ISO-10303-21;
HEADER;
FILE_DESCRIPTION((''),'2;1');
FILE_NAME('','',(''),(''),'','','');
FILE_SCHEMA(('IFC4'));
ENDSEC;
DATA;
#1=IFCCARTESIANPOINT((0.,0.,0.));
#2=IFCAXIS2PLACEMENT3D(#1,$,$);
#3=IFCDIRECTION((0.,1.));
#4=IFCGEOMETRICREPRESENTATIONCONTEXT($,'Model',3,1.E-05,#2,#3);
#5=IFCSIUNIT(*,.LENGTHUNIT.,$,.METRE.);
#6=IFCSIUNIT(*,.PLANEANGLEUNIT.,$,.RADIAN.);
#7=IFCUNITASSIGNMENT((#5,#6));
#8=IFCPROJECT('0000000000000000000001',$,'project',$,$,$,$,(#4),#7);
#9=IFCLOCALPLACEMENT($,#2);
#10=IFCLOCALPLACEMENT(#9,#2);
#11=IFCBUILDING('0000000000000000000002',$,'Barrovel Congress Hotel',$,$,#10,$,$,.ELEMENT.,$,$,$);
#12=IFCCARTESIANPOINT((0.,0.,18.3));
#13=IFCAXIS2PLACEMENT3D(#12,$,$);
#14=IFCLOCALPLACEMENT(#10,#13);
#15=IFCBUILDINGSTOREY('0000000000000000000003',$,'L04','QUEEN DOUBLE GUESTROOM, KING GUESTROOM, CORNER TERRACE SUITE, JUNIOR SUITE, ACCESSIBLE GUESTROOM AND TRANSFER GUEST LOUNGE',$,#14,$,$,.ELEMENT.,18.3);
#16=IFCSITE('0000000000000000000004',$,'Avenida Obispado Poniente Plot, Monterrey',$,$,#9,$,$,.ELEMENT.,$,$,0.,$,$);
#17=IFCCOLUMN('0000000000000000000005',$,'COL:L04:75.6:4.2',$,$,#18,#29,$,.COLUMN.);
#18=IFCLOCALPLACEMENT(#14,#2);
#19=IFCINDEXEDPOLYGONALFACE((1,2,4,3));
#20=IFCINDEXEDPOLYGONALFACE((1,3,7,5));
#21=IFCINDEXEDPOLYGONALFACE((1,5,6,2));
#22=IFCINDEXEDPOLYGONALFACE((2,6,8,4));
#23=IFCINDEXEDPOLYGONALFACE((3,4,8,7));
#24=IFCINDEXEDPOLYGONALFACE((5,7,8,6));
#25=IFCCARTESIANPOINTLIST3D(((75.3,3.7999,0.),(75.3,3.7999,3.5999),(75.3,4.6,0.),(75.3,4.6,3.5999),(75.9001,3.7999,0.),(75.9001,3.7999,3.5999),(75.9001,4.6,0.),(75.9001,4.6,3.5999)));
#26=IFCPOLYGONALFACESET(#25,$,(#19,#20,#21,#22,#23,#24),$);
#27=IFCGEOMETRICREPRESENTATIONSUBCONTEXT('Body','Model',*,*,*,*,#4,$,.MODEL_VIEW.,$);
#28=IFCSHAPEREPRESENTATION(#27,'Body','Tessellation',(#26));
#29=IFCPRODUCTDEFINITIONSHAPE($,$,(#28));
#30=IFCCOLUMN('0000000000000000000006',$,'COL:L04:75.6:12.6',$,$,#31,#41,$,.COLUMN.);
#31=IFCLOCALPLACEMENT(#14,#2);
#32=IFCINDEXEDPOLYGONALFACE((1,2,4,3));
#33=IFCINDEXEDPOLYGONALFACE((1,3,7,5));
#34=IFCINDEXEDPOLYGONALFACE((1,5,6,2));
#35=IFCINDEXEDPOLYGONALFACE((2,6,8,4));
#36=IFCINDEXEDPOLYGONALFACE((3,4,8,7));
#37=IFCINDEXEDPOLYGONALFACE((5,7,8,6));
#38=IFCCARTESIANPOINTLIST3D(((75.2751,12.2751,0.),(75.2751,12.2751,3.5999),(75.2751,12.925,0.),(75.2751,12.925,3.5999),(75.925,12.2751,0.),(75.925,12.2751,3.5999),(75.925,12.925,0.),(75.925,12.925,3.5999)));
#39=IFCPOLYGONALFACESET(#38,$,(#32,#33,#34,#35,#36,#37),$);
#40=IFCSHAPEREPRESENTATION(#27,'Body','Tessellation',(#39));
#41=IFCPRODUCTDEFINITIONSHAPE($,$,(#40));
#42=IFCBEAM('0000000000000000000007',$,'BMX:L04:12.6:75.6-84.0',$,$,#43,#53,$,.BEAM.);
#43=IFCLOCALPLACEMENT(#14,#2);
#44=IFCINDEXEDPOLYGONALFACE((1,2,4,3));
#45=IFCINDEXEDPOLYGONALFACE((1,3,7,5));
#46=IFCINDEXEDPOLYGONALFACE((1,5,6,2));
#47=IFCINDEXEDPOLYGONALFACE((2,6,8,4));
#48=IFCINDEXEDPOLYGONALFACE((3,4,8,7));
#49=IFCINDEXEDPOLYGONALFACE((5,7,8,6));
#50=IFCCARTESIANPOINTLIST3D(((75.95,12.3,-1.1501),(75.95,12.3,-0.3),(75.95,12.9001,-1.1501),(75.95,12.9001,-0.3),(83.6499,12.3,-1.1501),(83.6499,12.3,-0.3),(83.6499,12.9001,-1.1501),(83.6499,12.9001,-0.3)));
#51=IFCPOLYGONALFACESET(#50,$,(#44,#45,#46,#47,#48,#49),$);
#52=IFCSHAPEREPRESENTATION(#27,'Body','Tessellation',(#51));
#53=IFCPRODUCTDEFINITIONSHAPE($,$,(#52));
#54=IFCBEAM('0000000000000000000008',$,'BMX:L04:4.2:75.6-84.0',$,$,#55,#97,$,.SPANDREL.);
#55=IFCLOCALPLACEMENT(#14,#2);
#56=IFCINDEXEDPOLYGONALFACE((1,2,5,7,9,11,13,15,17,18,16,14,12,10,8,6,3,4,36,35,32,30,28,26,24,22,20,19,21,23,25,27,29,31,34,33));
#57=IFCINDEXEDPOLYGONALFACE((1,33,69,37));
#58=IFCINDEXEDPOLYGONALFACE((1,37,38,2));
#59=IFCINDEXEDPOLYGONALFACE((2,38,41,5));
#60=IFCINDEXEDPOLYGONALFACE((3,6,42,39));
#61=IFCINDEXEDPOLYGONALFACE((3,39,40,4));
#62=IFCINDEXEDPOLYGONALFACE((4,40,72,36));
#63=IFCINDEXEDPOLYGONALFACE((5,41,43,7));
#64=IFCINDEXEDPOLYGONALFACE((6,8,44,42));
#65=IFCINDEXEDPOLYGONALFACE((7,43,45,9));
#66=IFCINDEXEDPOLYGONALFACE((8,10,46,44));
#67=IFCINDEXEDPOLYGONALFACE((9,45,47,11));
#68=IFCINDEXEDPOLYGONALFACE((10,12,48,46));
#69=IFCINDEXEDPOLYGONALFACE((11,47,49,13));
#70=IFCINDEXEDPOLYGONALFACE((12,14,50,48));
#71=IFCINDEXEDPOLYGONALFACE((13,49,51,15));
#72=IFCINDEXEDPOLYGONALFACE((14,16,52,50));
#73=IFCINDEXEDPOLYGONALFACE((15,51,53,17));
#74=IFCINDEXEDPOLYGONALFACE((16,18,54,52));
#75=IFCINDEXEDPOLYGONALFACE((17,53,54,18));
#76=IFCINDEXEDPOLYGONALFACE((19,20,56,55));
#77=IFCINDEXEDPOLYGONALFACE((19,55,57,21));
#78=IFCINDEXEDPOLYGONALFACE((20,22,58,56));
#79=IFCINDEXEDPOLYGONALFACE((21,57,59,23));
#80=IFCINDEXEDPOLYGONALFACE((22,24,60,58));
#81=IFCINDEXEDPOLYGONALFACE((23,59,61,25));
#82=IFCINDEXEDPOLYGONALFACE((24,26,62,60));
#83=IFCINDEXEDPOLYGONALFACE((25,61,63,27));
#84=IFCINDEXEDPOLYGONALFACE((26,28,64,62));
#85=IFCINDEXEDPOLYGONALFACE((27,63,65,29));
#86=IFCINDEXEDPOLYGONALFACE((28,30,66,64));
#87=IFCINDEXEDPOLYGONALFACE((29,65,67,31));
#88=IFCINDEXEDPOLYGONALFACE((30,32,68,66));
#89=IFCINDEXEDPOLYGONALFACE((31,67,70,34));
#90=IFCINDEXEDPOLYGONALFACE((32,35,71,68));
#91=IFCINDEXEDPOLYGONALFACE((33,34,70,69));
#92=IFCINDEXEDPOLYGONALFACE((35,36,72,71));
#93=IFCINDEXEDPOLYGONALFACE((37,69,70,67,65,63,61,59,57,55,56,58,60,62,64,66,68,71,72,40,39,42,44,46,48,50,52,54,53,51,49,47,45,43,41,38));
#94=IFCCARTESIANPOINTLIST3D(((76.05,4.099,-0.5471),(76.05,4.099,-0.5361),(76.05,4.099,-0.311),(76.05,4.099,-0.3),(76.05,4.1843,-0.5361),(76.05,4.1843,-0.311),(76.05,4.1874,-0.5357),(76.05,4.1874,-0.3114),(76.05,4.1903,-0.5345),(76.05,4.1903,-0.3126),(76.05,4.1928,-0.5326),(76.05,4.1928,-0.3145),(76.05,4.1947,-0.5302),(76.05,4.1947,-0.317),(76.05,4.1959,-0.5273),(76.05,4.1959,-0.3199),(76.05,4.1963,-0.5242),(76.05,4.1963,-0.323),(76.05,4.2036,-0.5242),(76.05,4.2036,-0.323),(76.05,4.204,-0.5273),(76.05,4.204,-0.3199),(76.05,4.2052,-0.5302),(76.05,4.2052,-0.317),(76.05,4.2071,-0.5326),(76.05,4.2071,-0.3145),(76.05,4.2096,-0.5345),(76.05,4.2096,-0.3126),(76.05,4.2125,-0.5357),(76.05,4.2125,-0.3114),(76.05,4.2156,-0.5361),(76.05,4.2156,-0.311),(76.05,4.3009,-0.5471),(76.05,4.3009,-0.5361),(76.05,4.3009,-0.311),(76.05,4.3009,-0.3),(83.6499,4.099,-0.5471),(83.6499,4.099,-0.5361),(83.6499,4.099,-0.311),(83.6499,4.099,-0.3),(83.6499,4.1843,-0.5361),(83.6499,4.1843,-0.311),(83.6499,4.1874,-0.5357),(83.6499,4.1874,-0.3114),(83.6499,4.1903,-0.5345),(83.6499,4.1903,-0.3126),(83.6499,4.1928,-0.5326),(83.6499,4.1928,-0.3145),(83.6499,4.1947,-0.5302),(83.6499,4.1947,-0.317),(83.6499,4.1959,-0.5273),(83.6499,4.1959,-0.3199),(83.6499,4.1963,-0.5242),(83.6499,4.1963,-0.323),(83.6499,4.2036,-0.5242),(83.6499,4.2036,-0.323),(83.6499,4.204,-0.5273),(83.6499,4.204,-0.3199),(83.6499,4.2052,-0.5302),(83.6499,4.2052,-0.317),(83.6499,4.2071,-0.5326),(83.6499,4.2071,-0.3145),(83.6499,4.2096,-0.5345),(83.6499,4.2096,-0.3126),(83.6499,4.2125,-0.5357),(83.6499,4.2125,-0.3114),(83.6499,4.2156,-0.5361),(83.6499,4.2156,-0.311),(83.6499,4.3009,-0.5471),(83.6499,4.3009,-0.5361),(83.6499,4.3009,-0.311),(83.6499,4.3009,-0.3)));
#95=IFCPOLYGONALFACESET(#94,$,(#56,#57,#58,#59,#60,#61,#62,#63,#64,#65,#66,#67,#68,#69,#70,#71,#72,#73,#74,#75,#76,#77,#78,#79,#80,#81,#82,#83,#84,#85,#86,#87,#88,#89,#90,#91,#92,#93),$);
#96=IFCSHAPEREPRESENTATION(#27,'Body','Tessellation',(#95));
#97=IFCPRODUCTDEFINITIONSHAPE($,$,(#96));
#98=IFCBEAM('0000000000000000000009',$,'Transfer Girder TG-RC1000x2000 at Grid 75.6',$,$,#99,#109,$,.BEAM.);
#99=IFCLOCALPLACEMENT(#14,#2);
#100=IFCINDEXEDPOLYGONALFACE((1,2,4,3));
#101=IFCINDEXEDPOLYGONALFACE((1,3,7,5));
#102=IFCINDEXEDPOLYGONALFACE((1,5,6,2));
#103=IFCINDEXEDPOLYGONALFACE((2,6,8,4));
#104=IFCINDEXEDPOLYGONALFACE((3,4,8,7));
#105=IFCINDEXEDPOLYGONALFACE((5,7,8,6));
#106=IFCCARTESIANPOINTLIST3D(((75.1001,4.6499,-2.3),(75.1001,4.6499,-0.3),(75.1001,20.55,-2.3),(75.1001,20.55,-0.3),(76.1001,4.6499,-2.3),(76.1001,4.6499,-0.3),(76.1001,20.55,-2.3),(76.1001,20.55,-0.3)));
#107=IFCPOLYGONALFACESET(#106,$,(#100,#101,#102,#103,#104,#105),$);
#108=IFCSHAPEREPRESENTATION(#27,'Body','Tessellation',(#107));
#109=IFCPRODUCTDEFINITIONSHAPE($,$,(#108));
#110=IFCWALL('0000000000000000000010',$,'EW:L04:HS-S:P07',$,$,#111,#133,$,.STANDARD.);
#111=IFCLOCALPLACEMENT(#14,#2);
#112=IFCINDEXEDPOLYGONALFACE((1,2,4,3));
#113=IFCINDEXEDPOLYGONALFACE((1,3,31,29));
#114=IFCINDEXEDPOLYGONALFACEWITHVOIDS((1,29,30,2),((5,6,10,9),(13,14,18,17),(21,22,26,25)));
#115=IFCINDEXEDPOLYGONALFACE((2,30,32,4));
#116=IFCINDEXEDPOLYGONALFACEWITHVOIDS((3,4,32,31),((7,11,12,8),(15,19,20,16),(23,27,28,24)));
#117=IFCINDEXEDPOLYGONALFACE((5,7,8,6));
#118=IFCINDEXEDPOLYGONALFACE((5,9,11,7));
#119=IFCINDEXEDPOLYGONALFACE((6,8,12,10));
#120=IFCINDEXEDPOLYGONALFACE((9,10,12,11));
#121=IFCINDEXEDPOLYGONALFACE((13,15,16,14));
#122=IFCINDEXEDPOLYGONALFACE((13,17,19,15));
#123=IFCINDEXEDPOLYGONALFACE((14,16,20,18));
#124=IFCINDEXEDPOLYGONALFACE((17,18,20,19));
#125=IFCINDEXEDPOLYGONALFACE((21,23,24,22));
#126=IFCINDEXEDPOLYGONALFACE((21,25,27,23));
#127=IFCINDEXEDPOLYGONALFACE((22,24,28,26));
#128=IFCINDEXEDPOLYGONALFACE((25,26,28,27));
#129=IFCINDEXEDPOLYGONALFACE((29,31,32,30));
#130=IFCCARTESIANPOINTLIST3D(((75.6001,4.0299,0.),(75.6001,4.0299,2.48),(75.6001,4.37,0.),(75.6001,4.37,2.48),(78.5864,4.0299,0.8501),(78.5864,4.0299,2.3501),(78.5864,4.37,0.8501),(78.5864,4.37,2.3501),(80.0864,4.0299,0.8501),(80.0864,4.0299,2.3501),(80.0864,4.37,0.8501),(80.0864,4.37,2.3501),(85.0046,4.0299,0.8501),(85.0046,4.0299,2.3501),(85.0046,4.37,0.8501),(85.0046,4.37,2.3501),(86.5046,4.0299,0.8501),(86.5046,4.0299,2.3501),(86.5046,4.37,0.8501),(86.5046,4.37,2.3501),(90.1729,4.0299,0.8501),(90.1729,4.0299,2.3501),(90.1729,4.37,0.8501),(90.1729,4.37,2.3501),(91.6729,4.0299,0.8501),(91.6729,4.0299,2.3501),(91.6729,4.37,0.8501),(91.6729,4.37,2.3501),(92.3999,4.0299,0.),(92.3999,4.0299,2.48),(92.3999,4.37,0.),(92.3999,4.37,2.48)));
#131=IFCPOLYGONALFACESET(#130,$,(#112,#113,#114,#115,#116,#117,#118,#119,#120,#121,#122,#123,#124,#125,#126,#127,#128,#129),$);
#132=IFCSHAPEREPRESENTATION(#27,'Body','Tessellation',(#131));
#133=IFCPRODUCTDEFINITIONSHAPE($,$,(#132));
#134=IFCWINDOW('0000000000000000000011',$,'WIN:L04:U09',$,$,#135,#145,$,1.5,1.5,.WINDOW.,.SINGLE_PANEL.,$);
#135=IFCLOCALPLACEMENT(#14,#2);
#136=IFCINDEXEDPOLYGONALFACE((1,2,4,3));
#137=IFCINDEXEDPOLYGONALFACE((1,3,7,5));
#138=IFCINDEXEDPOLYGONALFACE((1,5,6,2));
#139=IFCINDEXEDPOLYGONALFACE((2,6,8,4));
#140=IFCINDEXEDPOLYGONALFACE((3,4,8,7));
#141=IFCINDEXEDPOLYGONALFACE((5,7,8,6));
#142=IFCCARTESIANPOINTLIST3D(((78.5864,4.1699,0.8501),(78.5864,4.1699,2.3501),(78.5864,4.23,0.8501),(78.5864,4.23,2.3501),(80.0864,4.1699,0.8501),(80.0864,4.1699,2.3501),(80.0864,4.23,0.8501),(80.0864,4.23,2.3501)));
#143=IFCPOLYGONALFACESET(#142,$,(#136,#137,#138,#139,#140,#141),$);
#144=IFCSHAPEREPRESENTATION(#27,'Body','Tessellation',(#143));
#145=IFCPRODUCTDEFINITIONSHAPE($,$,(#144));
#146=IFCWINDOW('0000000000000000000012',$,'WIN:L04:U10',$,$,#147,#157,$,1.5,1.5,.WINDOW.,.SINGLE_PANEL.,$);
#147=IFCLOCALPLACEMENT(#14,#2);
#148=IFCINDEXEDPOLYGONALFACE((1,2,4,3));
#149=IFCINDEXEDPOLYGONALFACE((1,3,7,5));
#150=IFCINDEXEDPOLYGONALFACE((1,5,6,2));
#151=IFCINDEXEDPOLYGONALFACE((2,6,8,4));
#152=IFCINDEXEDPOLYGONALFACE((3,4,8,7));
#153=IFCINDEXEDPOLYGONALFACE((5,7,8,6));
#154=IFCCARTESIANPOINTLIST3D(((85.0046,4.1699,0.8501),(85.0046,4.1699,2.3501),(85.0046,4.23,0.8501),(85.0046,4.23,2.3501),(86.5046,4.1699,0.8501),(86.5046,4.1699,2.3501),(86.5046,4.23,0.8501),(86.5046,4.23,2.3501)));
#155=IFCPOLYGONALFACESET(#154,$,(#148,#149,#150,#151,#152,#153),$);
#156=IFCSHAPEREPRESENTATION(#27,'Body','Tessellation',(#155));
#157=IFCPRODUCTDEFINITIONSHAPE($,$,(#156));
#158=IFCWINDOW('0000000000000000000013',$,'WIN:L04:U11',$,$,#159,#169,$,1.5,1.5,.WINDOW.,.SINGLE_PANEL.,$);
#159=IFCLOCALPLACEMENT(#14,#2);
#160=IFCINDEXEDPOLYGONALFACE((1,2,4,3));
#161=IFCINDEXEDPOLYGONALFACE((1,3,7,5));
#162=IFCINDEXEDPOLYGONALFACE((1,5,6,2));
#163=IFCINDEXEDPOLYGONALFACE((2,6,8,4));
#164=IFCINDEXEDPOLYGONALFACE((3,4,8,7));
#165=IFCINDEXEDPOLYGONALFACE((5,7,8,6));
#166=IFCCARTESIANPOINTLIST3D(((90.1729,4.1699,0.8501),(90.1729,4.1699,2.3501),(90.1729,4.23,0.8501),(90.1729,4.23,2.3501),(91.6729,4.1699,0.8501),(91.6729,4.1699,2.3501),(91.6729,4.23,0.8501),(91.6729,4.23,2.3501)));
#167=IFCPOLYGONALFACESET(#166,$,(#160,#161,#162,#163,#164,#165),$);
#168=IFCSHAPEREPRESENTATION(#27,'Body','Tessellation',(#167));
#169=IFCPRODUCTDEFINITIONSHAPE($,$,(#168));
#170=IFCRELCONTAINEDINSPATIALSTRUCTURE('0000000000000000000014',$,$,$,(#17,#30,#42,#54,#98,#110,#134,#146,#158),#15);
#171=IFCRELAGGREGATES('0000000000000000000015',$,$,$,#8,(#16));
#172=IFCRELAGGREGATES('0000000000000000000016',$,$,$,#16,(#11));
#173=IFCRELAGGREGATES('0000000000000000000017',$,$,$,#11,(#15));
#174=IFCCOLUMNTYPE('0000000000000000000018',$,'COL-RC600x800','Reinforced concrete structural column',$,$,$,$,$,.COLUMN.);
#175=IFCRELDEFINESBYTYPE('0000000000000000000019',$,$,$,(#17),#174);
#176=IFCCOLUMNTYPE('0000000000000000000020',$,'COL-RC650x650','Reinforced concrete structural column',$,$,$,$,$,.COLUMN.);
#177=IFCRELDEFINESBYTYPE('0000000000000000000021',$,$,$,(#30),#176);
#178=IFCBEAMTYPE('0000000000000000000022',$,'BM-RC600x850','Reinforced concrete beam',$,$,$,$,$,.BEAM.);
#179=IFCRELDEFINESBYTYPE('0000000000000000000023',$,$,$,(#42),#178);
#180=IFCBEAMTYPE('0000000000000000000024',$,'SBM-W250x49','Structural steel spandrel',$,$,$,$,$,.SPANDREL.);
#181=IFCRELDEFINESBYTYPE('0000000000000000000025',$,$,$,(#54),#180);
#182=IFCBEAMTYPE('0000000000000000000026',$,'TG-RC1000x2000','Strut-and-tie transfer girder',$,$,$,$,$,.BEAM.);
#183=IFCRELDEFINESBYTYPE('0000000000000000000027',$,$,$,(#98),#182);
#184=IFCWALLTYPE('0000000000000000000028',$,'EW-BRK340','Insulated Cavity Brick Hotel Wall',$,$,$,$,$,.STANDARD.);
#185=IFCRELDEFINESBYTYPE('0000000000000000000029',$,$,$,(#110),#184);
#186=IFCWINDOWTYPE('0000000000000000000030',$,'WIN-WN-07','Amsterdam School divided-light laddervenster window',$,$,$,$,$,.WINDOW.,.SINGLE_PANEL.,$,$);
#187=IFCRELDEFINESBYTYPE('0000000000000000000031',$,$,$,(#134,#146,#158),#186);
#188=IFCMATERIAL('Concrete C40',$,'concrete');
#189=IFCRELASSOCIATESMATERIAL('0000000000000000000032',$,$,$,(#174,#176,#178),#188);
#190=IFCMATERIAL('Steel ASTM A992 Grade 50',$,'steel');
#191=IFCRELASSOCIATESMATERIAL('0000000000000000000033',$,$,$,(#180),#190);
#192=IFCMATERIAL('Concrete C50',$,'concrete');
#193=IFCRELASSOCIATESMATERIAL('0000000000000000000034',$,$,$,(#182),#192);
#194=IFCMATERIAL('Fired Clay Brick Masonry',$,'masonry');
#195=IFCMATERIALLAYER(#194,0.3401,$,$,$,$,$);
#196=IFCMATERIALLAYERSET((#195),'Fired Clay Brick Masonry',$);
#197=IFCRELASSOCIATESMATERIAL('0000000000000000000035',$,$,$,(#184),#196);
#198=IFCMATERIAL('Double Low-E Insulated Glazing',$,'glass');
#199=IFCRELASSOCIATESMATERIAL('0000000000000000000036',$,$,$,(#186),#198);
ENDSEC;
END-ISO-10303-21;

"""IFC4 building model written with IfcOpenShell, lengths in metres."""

from ifc_helpers import new_model, si_unit, direction, frame, frame_2d, origin, origin_2d, place, context, subcontext, project, spatial, rectangle, i_section, extrude, material, layer, layer_set, material_profile, profile_set, type_object, element, fill, save


model = new_model("IFC4")

# Units and contexts
model_context = context("Model", 3, precision=1e-05, world=origin(), true_north=direction((0.0, 1.0)))
body_context = subcontext(model_context, "Body", "Model", "MODEL_VIEW")
ifc_project = project(units=[si_unit("LENGTHUNIT", "METRE"), si_unit("PLANEANGLEUNIT", "RADIAN")], contexts=[model_context])

# Site, building, storey
site_placement = place(None, origin())
site = spatial("IfcSite", under=ifc_project, at=site_placement, Name="Avenida Obispado Poniente Plot, Monterrey", CompositionType="ELEMENT", RefElevation=0.0)
building_placement = place(site_placement, origin())
building = spatial("IfcBuilding", under=site, at=building_placement, Name="Barrovel Congress Hotel", CompositionType="ELEMENT")
storey_placement = place(building_placement, frame((0.0, 0.0, 18.3)))
storey = spatial("IfcBuildingStorey", under=building, at=storey_placement, Name="L04", Description="QUEEN DOUBLE GUESTROOM, KING GUESTROOM, CORNER TERRACE SUITE, JUNIOR SUITE, ACCESSIBLE GUESTROOM AND TRANSFER GUEST LOUNGE", CompositionType="ELEMENT", Elevation=18.3)

# Columns
ifc_material_1 = material(Name="Concrete C40", Category="concrete")
ifc_material_profile_1 = material_profile(ifc_material_1, rectangle(XDim=0.6001, YDim=0.8, at=origin_2d()), Name="RC600x800")
ifc_profile_set_1 = profile_set([ifc_material_profile_1], Name="Concrete C40")
column_type_1 = type_object("IfcColumnType", Name="COL-RC600x800", Description="Reinforced concrete structural column", PredefinedType="COLUMN", material=ifc_profile_set_1)
column_1_placement = place(storey_placement, frame((75.6001, 4.2, 0.0), z_axis=(0.0, 0.0, 1.0), x_axis=(1.0, 0.0, 0.0)))
element("IfcColumn", 1, at=column_1_placement, inside=storey, type_object=column_type_1, Name="COL:L04:75.6:4.2", PredefinedType="COLUMN", context=body_context, shape_type="SweptSolid", body=[
    extrude(rectangle(XDim=0.6001, YDim=0.8, at=origin_2d()), origin(), (0.0, 0.0, 1.0), 3.5999),
])
ifc_material_profile_2 = material_profile(ifc_material_1, rectangle(XDim=0.6499, YDim=0.6499, at=origin_2d()), Name="RC650x650")
ifc_profile_set_2 = profile_set([ifc_material_profile_2], Name="Concrete C40")
column_type_2 = type_object("IfcColumnType", Name="COL-RC650x650", Description="Reinforced concrete structural column", PredefinedType="COLUMN", material=ifc_profile_set_2)
column_2_placement = place(storey_placement, frame((75.6001, 12.6001, 0.0), z_axis=(0.0, 0.0, 1.0), x_axis=(1.0, 0.0, 0.0)))
element("IfcColumn", 2, at=column_2_placement, inside=storey, type_object=column_type_2, Name="COL:L04:75.6:12.6", PredefinedType="COLUMN", context=body_context, shape_type="SweptSolid", body=[
    extrude(rectangle(XDim=0.6499, YDim=0.6499, at=origin_2d()), origin(), (0.0, 0.0, 1.0), 3.5999),
])

# Beams
ifc_material_profile_3 = material_profile(ifc_material_1, rectangle(XDim=0.6001, YDim=0.8501, at=origin_2d()), Name="RC600x850")
ifc_profile_set_3 = profile_set([ifc_material_profile_3], Name="Concrete C40")
beam_type_1 = type_object("IfcBeamType", Name="BM-RC600x850", Description="Reinforced concrete beam", PredefinedType="BEAM", material=ifc_profile_set_3)
beam_1_placement = place(storey_placement, frame((75.95, 12.6001, -0.7251), z_axis=(1.0, 0.0, 0.0), x_axis=(0.0, 1.0, 0.0)))
element("IfcBeam", 3, at=beam_1_placement, inside=storey, type_object=beam_type_1, Name="BMX:L04:12.6:75.6-84.0", PredefinedType="BEAM", context=body_context, shape_type="SweptSolid", body=[
    extrude(rectangle(XDim=0.6001, YDim=0.8501, at=origin_2d()), origin(), (0.0, 0.0, 1.0), 7.7),
])
ifc_material_2 = material(Name="Steel ASTM A992 Grade 50", Category="steel")
ifc_material_profile_4 = material_profile(ifc_material_2, i_section(OverallWidth=0.2019, OverallDepth=0.2471, WebThickness=0.0073, FlangeThickness=0.011, FilletRadius=0.012, at=origin_2d()), Name="W250x49")
ifc_profile_set_4 = profile_set([ifc_material_profile_4], Name="Steel ASTM A992 Grade 50")
beam_type_2 = type_object("IfcBeamType", Name="SBM-W250x49", Description="Structural steel spandrel", PredefinedType="SPANDREL", material=ifc_profile_set_4)
beam_2_placement = place(storey_placement, frame((76.05, 4.2, -0.4236), z_axis=(1.0, 0.0, 0.0), x_axis=(0.0, 1.0, 0.0)))
element("IfcBeam", 4, at=beam_2_placement, inside=storey, type_object=beam_type_2, Name="BMX:L04:4.2:75.6-84.0", PredefinedType="SPANDREL", context=body_context, shape_type="SweptSolid", body=[
    extrude(i_section(OverallWidth=0.2019, OverallDepth=0.2471, WebThickness=0.0073, FlangeThickness=0.011, FilletRadius=0.012, at=origin_2d()), origin(), (0.0, 0.0, 1.0), 7.5999),
])
ifc_material_3 = material(Name="Concrete C50", Category="concrete")
ifc_material_profile_5 = material_profile(ifc_material_3, rectangle(XDim=1.0, YDim=2.0, at=origin_2d()), Name="RC1000x2000")
ifc_profile_set_5 = profile_set([ifc_material_profile_5], Name="Concrete C50")
beam_type_3 = type_object("IfcBeamType", Name="TG-RC1000x2000", Description="Strut-and-tie transfer girder", PredefinedType="BEAM", material=ifc_profile_set_5)
beam_3_placement = place(storey_placement, frame((75.6001, 4.6499, -1.3), z_axis=(0.0, 1.0, 0.0), x_axis=(-1.0, 0.0, 0.0)))
element("IfcBeam", 5, at=beam_3_placement, inside=storey, type_object=beam_type_3, Name="Transfer Girder TG-RC1000x2000 at Grid 75.6", PredefinedType="BEAM", context=body_context, shape_type="SweptSolid", body=[
    extrude(rectangle(XDim=1.0, YDim=2.0, at=origin_2d()), origin(), (0.0, 0.0, 1.0), 15.9001),
])

# Wall, openings, windows
ifc_material_4 = material(Name="Fired Clay Brick Masonry", Category="masonry")
ifc_layer_1 = layer(ifc_material_4, 0.3401)
ifc_layer_set_1 = layer_set([ifc_layer_1], Name="Fired Clay Brick Masonry")
wall_type_1 = type_object("IfcWallType", Name="EW-BRK340", Description="Insulated Cavity Brick Hotel Wall", PredefinedType="STANDARD", material=ifc_layer_set_1)
wall_1_placement = place(storey_placement, frame((75.6001, 4.2, 0.0), z_axis=(0.0, 0.0, 1.0), x_axis=(1.0, 0.0, 0.0)))
wall_1 = element("IfcWall", 6, at=wall_1_placement, inside=storey, type_object=wall_type_1, Name="EW:L04:HS-S:P07", PredefinedType="STANDARD", context=body_context, shape_type="SweptSolid", body=[
    extrude(rectangle(XDim=16.7998, YDim=0.3401, at=frame_2d((8.3999, 0.0))), origin(), (0.0, 0.0, 1.0), 2.48),
])
opening_1_placement = place(wall_1_placement, frame((2.9863, 0.0, 0.8501)))
opening_1 = element("IfcOpeningElement", 7, at=opening_1_placement, cuts=wall_1, PredefinedType="OPENING", context=body_context, shape_type="SweptSolid", body=[
    extrude(rectangle(XDim=1.5, YDim=1.5, at=frame_2d((0.75, 0.75))), frame((0.0, 0.1802, 0.0), z_axis=(0.0, -1.0, 0.0), x_axis=(1.0, 0.0, 0.0)), (0.0, 0.0, 1.0), 0.3601),
])
opening_2_placement = place(wall_1_placement, frame((9.4045, 0.0, 0.8501)))
opening_2 = element("IfcOpeningElement", 8, at=opening_2_placement, cuts=wall_1, PredefinedType="OPENING", context=body_context, shape_type="SweptSolid", body=[
    extrude(rectangle(XDim=1.5, YDim=1.5, at=frame_2d((0.75, 0.75))), frame((0.0, 0.1802, 0.0), z_axis=(0.0, -1.0, 0.0), x_axis=(1.0, 0.0, 0.0)), (0.0, 0.0, 1.0), 0.3601),
])
opening_3_placement = place(wall_1_placement, frame((14.5728, 0.0, 0.8501)))
opening_3 = element("IfcOpeningElement", 9, at=opening_3_placement, cuts=wall_1, PredefinedType="OPENING", context=body_context, shape_type="SweptSolid", body=[
    extrude(rectangle(XDim=1.5, YDim=1.5, at=frame_2d((0.75, 0.75))), frame((0.0, 0.1802, 0.0), z_axis=(0.0, -1.0, 0.0), x_axis=(1.0, 0.0, 0.0)), (0.0, 0.0, 1.0), 0.3601),
])
ifc_material_5 = material(Name="Double Low-E Insulated Glazing", Category="glass")
window_type = type_object("IfcWindowType", Name="WIN-WN-07", Description="Amsterdam School divided-light laddervenster window", PartitioningType="SINGLE_PANEL", PredefinedType="WINDOW", material=ifc_material_5)
window_1_placement = place(opening_1_placement, origin())
window_1 = element("IfcWindow", 10, at=window_1_placement, inside=storey, type_object=window_type, Name="WIN:L04:U09", OverallHeight=1.5, OverallWidth=1.5, PartitioningType="SINGLE_PANEL", PredefinedType="WINDOW", context=body_context, shape_type="SweptSolid", body=[
    extrude(rectangle(XDim=1.5, YDim=1.5, at=frame_2d((0.75, 0.75))), frame((0.0, 0.03, 0.0), z_axis=(0.0, -1.0, 0.0), x_axis=(1.0, 0.0, 0.0)), (0.0, 0.0, 1.0), 0.0601),
])
fill(opening_1, window_1)
window_2_placement = place(opening_2_placement, origin())
window_2 = element("IfcWindow", 11, at=window_2_placement, inside=storey, type_object=window_type, Name="WIN:L04:U10", OverallHeight=1.5, OverallWidth=1.5, PartitioningType="SINGLE_PANEL", PredefinedType="WINDOW", context=body_context, shape_type="SweptSolid", body=[
    extrude(rectangle(XDim=1.5, YDim=1.5, at=frame_2d((0.75, 0.75))), frame((0.0, 0.03, 0.0), z_axis=(0.0, -1.0, 0.0), x_axis=(1.0, 0.0, 0.0)), (0.0, 0.0, 1.0), 0.0601),
])
fill(opening_2, window_2)
window_3_placement = place(opening_3_placement, origin())
window_3 = element("IfcWindow", 12, at=window_3_placement, inside=storey, type_object=window_type, Name="WIN:L04:U11", OverallHeight=1.5, OverallWidth=1.5, PartitioningType="SINGLE_PANEL", PredefinedType="WINDOW", context=body_context, shape_type="SweptSolid", body=[
    extrude(rectangle(XDim=1.5, YDim=1.5, at=frame_2d((0.75, 0.75))), frame((0.0, 0.03, 0.0), z_axis=(0.0, -1.0, 0.0), x_axis=(1.0, 0.0, 0.0)), (0.0, 0.0, 1.0), 0.0601),
])
fill(opening_3, window_3)

save(model, "model.ifc")
